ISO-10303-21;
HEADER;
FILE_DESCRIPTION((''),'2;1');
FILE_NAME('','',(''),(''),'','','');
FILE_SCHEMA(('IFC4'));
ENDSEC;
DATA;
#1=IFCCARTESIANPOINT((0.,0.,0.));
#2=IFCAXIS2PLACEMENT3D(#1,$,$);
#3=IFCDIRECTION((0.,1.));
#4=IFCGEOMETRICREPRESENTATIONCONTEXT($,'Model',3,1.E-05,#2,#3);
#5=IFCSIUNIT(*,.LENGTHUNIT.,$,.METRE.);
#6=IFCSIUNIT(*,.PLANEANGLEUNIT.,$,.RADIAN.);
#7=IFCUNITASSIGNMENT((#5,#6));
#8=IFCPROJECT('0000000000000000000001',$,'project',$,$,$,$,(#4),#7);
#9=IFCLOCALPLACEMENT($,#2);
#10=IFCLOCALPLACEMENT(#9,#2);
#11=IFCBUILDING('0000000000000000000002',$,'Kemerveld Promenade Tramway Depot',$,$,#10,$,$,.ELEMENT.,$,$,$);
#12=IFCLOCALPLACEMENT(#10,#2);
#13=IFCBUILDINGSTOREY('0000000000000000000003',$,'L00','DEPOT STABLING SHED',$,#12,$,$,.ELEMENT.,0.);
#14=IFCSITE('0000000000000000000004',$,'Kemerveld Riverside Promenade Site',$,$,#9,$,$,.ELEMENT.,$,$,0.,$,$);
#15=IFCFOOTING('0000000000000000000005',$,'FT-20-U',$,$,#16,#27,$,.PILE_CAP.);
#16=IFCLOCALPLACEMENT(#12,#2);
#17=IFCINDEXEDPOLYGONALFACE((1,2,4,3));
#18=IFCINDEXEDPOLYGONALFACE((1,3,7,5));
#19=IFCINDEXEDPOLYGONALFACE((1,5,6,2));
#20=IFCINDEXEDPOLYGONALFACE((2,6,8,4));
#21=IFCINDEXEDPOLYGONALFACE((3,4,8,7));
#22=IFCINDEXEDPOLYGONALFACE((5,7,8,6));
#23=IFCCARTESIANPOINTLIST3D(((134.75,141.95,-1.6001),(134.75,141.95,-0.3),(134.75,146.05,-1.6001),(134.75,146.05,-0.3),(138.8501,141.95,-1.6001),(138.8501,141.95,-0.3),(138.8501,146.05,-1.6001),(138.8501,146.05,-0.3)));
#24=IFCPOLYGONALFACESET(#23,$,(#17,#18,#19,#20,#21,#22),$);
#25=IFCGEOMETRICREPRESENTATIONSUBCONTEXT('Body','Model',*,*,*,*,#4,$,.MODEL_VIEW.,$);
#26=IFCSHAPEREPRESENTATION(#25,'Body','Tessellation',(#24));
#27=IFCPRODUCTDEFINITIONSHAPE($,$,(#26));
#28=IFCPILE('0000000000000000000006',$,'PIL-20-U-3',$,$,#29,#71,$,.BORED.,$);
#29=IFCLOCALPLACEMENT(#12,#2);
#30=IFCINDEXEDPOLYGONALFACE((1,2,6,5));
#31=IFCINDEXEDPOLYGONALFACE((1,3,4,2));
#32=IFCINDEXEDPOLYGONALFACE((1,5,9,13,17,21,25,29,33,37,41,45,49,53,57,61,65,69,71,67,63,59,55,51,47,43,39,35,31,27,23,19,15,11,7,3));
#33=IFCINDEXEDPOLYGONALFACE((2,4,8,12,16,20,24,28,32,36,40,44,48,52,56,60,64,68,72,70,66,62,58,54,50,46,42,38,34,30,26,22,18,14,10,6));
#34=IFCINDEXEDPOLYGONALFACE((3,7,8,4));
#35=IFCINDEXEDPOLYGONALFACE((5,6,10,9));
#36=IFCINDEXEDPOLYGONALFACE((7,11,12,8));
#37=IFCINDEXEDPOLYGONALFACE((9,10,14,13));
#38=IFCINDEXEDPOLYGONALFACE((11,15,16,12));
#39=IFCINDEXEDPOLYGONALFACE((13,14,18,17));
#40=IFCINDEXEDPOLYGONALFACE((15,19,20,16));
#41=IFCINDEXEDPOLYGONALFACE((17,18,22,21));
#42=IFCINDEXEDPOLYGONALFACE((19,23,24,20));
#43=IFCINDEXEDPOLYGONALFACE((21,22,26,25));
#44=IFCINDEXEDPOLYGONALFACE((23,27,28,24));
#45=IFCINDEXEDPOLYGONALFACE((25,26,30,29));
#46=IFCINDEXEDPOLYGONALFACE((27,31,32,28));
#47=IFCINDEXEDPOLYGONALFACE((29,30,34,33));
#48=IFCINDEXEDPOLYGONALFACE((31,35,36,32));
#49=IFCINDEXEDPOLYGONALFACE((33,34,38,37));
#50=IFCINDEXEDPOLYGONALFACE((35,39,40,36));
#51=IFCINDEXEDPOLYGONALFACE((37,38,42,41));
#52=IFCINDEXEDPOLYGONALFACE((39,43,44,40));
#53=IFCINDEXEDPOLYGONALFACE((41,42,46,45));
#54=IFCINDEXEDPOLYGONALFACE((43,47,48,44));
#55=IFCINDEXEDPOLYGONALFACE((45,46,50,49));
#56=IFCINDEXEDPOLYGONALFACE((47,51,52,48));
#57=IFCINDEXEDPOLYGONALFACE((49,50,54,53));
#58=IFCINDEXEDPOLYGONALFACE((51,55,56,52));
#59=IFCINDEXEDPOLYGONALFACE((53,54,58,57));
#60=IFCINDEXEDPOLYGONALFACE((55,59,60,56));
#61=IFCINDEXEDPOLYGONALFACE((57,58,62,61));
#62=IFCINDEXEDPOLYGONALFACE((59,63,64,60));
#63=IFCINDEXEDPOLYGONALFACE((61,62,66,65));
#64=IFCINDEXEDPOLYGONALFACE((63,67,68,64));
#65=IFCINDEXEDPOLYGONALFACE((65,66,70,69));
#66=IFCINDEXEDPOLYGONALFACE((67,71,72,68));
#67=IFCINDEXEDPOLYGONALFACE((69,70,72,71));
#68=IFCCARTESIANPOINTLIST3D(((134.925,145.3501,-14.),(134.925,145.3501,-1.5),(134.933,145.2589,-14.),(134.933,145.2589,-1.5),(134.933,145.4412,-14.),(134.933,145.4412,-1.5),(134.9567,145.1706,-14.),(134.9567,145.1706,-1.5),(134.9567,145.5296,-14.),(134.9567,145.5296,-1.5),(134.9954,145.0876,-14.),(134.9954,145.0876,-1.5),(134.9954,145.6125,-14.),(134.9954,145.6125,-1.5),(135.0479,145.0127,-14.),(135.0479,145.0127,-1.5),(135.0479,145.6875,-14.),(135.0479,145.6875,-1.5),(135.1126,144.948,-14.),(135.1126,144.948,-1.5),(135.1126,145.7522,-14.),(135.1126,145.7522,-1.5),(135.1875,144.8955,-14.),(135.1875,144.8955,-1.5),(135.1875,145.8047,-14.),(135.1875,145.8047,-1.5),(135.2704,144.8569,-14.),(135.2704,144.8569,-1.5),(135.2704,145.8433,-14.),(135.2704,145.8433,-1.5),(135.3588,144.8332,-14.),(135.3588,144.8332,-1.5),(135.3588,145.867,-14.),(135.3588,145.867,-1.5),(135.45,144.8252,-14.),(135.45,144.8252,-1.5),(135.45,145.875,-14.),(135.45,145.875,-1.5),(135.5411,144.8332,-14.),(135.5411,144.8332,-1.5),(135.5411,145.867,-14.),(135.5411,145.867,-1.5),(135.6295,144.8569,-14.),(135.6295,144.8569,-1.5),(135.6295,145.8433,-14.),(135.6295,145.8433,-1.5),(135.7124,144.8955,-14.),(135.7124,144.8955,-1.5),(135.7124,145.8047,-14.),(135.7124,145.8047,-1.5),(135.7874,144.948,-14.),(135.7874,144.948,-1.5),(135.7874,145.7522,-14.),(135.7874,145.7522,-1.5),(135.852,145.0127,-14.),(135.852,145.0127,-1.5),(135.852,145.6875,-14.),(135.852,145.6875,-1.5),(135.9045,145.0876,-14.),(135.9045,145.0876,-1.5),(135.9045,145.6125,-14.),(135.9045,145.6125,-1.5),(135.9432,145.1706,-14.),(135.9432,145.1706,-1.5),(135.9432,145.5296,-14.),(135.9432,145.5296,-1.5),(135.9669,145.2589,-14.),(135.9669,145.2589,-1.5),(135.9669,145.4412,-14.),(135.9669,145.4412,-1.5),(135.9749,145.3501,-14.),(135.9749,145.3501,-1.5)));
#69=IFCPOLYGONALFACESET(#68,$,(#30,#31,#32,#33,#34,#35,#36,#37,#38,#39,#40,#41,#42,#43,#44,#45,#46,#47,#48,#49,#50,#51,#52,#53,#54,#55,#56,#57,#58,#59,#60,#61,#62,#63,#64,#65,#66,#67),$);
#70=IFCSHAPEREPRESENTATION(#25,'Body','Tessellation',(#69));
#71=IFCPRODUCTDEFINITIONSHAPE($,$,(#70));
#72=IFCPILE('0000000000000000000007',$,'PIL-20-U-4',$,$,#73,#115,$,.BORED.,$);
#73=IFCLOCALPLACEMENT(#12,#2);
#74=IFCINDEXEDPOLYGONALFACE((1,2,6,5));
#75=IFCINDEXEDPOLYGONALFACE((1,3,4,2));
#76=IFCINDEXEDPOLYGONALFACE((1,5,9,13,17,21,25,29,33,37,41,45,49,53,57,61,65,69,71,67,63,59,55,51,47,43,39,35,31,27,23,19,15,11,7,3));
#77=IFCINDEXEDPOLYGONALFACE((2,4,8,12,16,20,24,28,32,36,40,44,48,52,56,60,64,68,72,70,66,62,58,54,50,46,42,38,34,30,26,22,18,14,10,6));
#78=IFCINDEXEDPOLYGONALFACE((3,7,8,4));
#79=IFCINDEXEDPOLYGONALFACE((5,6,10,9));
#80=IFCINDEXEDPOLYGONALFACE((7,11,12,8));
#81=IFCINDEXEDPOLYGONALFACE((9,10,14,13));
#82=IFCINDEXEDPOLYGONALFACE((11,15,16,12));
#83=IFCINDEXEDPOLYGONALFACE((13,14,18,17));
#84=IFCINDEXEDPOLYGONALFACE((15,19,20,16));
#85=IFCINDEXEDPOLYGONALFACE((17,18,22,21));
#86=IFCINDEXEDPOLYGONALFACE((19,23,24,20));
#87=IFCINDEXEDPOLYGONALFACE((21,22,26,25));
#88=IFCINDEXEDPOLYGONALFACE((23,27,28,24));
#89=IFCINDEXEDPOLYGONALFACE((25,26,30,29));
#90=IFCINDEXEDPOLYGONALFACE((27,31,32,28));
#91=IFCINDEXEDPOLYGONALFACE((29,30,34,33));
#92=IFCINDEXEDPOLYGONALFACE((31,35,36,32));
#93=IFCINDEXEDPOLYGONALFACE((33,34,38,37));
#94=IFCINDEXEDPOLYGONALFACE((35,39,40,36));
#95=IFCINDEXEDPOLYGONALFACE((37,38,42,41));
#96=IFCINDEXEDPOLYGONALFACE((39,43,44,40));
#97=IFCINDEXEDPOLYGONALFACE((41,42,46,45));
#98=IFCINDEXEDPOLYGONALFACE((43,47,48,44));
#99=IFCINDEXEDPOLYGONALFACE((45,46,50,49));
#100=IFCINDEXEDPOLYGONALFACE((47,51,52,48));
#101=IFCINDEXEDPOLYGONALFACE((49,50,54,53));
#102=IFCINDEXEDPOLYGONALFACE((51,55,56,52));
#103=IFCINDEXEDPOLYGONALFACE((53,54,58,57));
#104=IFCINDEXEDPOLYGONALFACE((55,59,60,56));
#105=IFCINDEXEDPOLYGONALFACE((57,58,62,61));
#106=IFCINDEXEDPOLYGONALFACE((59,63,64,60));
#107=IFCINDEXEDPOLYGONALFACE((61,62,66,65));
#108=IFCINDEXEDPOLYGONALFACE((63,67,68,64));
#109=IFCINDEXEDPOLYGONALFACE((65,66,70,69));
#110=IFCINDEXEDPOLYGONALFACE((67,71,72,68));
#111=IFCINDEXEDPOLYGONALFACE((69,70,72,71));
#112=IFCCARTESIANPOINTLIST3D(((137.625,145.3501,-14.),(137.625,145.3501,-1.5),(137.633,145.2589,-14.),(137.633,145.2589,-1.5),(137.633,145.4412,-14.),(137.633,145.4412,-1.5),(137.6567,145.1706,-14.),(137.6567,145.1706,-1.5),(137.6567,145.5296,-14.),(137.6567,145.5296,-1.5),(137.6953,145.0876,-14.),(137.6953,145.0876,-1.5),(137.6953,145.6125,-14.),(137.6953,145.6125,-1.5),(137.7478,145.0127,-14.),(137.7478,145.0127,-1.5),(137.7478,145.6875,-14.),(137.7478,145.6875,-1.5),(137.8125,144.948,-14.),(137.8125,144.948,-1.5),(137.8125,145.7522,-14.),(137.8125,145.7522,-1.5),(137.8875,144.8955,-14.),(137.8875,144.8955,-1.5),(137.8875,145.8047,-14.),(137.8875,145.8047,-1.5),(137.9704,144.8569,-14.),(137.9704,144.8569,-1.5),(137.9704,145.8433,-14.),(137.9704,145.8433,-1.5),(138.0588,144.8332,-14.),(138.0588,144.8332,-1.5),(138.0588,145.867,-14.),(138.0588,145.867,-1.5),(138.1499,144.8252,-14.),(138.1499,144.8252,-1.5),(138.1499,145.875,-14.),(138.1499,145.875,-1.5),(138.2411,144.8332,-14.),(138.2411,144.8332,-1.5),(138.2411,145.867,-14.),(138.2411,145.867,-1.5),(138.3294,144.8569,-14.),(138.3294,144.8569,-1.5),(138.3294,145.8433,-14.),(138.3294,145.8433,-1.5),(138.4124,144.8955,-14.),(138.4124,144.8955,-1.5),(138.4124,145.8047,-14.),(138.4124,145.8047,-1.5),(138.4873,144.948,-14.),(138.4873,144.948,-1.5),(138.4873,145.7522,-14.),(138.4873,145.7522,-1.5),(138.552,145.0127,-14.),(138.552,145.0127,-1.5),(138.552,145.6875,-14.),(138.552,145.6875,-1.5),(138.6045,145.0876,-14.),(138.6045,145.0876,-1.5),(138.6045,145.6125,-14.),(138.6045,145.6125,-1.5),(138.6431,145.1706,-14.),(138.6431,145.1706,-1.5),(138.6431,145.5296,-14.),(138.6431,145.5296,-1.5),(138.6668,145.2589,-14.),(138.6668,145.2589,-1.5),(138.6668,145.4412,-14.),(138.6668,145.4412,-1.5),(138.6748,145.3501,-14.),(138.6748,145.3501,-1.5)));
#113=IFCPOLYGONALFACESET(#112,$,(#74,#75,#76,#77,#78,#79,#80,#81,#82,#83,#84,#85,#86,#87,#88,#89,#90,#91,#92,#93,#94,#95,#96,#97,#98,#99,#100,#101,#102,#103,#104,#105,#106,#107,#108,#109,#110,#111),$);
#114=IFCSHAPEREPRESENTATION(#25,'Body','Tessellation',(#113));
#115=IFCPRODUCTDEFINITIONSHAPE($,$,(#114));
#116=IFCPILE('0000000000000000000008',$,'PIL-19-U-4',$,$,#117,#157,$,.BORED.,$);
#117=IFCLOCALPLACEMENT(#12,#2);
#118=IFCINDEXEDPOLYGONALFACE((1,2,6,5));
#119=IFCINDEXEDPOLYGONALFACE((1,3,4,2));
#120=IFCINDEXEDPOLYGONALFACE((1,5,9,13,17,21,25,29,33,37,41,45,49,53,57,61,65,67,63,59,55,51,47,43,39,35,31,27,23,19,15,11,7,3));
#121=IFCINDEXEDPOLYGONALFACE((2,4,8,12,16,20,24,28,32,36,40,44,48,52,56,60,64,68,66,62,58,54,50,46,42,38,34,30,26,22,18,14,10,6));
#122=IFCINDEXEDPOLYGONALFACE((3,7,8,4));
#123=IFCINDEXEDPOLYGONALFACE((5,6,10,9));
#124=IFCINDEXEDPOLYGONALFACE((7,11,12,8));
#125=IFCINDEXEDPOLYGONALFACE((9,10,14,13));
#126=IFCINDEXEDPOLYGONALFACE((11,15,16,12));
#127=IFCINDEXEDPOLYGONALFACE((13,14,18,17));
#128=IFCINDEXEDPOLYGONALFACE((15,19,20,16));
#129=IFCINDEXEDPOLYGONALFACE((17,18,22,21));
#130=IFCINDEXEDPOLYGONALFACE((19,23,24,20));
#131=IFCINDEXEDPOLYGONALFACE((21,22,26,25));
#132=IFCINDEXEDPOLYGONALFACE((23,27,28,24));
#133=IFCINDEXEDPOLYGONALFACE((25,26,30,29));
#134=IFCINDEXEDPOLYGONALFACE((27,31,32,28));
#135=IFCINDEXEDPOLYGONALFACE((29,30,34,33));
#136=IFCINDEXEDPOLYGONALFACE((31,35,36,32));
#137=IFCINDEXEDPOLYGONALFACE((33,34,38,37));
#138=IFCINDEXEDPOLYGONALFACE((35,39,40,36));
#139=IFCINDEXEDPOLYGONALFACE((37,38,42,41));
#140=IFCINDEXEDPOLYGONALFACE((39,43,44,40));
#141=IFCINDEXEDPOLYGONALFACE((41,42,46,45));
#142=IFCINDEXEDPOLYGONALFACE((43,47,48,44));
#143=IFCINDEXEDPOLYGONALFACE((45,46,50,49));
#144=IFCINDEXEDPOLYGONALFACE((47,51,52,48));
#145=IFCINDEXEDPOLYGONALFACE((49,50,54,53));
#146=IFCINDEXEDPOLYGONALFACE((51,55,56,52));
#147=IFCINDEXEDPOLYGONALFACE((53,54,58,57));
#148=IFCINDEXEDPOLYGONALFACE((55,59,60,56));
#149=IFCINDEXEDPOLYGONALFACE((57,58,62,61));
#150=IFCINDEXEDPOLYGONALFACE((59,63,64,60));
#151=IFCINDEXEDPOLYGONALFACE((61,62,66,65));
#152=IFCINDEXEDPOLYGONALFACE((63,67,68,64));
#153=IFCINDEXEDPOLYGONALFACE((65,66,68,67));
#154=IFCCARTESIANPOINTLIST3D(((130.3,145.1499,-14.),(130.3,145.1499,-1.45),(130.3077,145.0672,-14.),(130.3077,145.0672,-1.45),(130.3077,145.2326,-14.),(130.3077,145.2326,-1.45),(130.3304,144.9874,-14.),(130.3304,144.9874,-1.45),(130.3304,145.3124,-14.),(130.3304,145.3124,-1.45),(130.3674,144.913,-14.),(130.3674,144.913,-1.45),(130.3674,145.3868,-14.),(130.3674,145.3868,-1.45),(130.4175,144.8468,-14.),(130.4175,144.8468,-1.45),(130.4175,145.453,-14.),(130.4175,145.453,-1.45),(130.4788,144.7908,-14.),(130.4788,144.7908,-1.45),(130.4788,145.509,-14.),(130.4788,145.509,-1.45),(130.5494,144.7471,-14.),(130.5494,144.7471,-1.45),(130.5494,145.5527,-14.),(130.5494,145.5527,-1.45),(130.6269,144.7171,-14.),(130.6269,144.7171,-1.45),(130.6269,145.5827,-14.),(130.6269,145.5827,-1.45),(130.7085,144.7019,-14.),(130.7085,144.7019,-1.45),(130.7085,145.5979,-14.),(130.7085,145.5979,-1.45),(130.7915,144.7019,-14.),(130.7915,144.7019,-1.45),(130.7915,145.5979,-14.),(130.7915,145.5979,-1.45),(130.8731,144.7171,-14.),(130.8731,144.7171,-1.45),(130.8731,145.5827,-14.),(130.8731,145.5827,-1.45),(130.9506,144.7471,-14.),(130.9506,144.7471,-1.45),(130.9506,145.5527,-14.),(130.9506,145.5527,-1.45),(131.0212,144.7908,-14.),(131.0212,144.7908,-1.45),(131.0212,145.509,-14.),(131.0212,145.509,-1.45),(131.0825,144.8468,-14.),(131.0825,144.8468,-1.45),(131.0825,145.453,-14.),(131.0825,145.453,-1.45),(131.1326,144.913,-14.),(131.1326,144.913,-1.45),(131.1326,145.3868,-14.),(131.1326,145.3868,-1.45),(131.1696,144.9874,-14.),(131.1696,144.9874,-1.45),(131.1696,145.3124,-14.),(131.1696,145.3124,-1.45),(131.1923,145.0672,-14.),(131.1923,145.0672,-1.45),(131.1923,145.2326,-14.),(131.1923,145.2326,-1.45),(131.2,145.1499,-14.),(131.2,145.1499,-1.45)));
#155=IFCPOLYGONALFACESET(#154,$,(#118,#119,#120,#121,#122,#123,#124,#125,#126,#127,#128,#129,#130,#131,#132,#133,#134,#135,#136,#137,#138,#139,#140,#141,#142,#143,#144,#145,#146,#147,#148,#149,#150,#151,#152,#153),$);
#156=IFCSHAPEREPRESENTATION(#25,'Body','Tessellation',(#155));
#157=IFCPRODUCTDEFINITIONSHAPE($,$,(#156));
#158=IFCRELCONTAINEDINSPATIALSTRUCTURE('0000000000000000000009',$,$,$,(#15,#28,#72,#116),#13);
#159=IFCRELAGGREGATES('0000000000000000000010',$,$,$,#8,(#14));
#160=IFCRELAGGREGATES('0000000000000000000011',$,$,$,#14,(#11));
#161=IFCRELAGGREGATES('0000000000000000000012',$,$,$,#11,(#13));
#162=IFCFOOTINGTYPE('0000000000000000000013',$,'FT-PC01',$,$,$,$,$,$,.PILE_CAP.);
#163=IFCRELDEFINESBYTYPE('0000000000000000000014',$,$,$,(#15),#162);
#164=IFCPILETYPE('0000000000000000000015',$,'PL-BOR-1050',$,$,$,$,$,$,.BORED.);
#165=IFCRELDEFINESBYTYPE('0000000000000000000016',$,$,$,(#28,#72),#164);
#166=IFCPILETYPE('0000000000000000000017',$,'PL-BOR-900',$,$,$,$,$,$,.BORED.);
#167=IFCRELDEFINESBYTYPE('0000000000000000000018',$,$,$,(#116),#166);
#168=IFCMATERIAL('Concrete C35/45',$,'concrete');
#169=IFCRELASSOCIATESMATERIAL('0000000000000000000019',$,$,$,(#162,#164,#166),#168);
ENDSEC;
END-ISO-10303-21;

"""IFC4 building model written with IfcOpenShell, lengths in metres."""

from ifc_helpers import new_model, si_unit, direction, frame, origin, origin_2d, place, context, subcontext, project, spatial, rectangle, circle, extrude, material, material_profile, profile_set, type_object, element, save


model = new_model("IFC4")

# Units and contexts
model_context = context("Model", 3, precision=1e-05, world=origin(), true_north=direction((0.0, 1.0)))
body_context = subcontext(model_context, "Body", "Model", "MODEL_VIEW")
ifc_project = project(units=[si_unit("LENGTHUNIT", "METRE"), si_unit("PLANEANGLEUNIT", "RADIAN")], contexts=[model_context])

# Site, building, storey
site_placement = place(None, origin())
site = spatial("IfcSite", under=ifc_project, at=site_placement, Name="Kemerveld Riverside Promenade Site", CompositionType="ELEMENT", RefElevation=0.0)
building_placement = place(site_placement, origin())
building = spatial("IfcBuilding", under=site, at=building_placement, Name="Kemerveld Promenade Tramway Depot", CompositionType="ELEMENT")
storey_placement = place(building_placement, origin())
storey = spatial("IfcBuildingStorey", under=building, at=storey_placement, Name="L00", Description="DEPOT STABLING SHED", CompositionType="ELEMENT", Elevation=0.0)

# Footing
ifc_material_1 = material(Name="Concrete C35/45", Category="concrete")
footing_type = type_object("IfcFootingType", Name="FT-PC01", PredefinedType="PILE_CAP", material=ifc_material_1)
footing_placement = place(storey_placement, frame((136.8, 144.0, -1.6001), z_axis=(0.0, 0.0, 1.0), x_axis=(1.0, 0.0, 0.0)))
element("IfcFooting", 1, at=footing_placement, inside=storey, type_object=footing_type, Name="FT-20-U", PredefinedType="PILE_CAP", context=body_context, shape_type="SweptSolid", body=[
    extrude(rectangle(XDim=4.1001, YDim=4.1001, at=origin_2d()), origin(), (0.0, 0.0, 1.0), 1.3),
])

# Piles
ifc_material_profile_1 = material_profile(ifc_material_1, circle(Radius=0.5249, at=origin_2d()), Name="PILE-D1050")
ifc_profile_set_1 = profile_set([ifc_material_profile_1], Name="Concrete C35/45")
pile_type_1 = type_object("IfcPileType", Name="PL-BOR-1050", PredefinedType="BORED", material=ifc_profile_set_1)
for number, where, z_axis, x_axis, name in (
    (2, (135.45, 145.3501, -1.5), (0.0, 0.0, -1.0), (1.0, 0.0, 0.0), "PIL-20-U-3"),
    (3, (138.1499, 145.3501, -1.5), (0.0, 0.0, -1.0), (1.0, 0.0, 0.0), "PIL-20-U-4"),
):
    element("IfcPile", number, at=place(storey_placement, frame(where, z_axis=z_axis, x_axis=x_axis)), inside=storey, type_object=pile_type_1, Name=name, PredefinedType="BORED", context=body_context, shape_type="SweptSolid", body=[
        extrude(circle(Radius=0.5249, at=origin_2d()), origin(), (0.0, 0.0, 1.0), 12.5),
    ])
ifc_material_profile_2 = material_profile(ifc_material_1, circle(Radius=0.45, at=origin_2d()), Name="PILE-D900")
ifc_profile_set_2 = profile_set([ifc_material_profile_2], Name="Concrete C35/45")
pile_type_2 = type_object("IfcPileType", Name="PL-BOR-900", PredefinedType="BORED", material=ifc_profile_set_2)
pile_placement = place(storey_placement, frame((130.75, 145.1499, -1.45), z_axis=(0.0, 0.0, -1.0), x_axis=(1.0, 0.0, 0.0)))
element("IfcPile", 4, at=pile_placement, inside=storey, type_object=pile_type_2, Name="PIL-19-U-4", PredefinedType="BORED", context=body_context, shape_type="SweptSolid", body=[
    extrude(circle(Radius=0.45, at=origin_2d()), origin(), (0.0, 0.0, 1.0), 12.55),
])

save(model, "model.ifc")
